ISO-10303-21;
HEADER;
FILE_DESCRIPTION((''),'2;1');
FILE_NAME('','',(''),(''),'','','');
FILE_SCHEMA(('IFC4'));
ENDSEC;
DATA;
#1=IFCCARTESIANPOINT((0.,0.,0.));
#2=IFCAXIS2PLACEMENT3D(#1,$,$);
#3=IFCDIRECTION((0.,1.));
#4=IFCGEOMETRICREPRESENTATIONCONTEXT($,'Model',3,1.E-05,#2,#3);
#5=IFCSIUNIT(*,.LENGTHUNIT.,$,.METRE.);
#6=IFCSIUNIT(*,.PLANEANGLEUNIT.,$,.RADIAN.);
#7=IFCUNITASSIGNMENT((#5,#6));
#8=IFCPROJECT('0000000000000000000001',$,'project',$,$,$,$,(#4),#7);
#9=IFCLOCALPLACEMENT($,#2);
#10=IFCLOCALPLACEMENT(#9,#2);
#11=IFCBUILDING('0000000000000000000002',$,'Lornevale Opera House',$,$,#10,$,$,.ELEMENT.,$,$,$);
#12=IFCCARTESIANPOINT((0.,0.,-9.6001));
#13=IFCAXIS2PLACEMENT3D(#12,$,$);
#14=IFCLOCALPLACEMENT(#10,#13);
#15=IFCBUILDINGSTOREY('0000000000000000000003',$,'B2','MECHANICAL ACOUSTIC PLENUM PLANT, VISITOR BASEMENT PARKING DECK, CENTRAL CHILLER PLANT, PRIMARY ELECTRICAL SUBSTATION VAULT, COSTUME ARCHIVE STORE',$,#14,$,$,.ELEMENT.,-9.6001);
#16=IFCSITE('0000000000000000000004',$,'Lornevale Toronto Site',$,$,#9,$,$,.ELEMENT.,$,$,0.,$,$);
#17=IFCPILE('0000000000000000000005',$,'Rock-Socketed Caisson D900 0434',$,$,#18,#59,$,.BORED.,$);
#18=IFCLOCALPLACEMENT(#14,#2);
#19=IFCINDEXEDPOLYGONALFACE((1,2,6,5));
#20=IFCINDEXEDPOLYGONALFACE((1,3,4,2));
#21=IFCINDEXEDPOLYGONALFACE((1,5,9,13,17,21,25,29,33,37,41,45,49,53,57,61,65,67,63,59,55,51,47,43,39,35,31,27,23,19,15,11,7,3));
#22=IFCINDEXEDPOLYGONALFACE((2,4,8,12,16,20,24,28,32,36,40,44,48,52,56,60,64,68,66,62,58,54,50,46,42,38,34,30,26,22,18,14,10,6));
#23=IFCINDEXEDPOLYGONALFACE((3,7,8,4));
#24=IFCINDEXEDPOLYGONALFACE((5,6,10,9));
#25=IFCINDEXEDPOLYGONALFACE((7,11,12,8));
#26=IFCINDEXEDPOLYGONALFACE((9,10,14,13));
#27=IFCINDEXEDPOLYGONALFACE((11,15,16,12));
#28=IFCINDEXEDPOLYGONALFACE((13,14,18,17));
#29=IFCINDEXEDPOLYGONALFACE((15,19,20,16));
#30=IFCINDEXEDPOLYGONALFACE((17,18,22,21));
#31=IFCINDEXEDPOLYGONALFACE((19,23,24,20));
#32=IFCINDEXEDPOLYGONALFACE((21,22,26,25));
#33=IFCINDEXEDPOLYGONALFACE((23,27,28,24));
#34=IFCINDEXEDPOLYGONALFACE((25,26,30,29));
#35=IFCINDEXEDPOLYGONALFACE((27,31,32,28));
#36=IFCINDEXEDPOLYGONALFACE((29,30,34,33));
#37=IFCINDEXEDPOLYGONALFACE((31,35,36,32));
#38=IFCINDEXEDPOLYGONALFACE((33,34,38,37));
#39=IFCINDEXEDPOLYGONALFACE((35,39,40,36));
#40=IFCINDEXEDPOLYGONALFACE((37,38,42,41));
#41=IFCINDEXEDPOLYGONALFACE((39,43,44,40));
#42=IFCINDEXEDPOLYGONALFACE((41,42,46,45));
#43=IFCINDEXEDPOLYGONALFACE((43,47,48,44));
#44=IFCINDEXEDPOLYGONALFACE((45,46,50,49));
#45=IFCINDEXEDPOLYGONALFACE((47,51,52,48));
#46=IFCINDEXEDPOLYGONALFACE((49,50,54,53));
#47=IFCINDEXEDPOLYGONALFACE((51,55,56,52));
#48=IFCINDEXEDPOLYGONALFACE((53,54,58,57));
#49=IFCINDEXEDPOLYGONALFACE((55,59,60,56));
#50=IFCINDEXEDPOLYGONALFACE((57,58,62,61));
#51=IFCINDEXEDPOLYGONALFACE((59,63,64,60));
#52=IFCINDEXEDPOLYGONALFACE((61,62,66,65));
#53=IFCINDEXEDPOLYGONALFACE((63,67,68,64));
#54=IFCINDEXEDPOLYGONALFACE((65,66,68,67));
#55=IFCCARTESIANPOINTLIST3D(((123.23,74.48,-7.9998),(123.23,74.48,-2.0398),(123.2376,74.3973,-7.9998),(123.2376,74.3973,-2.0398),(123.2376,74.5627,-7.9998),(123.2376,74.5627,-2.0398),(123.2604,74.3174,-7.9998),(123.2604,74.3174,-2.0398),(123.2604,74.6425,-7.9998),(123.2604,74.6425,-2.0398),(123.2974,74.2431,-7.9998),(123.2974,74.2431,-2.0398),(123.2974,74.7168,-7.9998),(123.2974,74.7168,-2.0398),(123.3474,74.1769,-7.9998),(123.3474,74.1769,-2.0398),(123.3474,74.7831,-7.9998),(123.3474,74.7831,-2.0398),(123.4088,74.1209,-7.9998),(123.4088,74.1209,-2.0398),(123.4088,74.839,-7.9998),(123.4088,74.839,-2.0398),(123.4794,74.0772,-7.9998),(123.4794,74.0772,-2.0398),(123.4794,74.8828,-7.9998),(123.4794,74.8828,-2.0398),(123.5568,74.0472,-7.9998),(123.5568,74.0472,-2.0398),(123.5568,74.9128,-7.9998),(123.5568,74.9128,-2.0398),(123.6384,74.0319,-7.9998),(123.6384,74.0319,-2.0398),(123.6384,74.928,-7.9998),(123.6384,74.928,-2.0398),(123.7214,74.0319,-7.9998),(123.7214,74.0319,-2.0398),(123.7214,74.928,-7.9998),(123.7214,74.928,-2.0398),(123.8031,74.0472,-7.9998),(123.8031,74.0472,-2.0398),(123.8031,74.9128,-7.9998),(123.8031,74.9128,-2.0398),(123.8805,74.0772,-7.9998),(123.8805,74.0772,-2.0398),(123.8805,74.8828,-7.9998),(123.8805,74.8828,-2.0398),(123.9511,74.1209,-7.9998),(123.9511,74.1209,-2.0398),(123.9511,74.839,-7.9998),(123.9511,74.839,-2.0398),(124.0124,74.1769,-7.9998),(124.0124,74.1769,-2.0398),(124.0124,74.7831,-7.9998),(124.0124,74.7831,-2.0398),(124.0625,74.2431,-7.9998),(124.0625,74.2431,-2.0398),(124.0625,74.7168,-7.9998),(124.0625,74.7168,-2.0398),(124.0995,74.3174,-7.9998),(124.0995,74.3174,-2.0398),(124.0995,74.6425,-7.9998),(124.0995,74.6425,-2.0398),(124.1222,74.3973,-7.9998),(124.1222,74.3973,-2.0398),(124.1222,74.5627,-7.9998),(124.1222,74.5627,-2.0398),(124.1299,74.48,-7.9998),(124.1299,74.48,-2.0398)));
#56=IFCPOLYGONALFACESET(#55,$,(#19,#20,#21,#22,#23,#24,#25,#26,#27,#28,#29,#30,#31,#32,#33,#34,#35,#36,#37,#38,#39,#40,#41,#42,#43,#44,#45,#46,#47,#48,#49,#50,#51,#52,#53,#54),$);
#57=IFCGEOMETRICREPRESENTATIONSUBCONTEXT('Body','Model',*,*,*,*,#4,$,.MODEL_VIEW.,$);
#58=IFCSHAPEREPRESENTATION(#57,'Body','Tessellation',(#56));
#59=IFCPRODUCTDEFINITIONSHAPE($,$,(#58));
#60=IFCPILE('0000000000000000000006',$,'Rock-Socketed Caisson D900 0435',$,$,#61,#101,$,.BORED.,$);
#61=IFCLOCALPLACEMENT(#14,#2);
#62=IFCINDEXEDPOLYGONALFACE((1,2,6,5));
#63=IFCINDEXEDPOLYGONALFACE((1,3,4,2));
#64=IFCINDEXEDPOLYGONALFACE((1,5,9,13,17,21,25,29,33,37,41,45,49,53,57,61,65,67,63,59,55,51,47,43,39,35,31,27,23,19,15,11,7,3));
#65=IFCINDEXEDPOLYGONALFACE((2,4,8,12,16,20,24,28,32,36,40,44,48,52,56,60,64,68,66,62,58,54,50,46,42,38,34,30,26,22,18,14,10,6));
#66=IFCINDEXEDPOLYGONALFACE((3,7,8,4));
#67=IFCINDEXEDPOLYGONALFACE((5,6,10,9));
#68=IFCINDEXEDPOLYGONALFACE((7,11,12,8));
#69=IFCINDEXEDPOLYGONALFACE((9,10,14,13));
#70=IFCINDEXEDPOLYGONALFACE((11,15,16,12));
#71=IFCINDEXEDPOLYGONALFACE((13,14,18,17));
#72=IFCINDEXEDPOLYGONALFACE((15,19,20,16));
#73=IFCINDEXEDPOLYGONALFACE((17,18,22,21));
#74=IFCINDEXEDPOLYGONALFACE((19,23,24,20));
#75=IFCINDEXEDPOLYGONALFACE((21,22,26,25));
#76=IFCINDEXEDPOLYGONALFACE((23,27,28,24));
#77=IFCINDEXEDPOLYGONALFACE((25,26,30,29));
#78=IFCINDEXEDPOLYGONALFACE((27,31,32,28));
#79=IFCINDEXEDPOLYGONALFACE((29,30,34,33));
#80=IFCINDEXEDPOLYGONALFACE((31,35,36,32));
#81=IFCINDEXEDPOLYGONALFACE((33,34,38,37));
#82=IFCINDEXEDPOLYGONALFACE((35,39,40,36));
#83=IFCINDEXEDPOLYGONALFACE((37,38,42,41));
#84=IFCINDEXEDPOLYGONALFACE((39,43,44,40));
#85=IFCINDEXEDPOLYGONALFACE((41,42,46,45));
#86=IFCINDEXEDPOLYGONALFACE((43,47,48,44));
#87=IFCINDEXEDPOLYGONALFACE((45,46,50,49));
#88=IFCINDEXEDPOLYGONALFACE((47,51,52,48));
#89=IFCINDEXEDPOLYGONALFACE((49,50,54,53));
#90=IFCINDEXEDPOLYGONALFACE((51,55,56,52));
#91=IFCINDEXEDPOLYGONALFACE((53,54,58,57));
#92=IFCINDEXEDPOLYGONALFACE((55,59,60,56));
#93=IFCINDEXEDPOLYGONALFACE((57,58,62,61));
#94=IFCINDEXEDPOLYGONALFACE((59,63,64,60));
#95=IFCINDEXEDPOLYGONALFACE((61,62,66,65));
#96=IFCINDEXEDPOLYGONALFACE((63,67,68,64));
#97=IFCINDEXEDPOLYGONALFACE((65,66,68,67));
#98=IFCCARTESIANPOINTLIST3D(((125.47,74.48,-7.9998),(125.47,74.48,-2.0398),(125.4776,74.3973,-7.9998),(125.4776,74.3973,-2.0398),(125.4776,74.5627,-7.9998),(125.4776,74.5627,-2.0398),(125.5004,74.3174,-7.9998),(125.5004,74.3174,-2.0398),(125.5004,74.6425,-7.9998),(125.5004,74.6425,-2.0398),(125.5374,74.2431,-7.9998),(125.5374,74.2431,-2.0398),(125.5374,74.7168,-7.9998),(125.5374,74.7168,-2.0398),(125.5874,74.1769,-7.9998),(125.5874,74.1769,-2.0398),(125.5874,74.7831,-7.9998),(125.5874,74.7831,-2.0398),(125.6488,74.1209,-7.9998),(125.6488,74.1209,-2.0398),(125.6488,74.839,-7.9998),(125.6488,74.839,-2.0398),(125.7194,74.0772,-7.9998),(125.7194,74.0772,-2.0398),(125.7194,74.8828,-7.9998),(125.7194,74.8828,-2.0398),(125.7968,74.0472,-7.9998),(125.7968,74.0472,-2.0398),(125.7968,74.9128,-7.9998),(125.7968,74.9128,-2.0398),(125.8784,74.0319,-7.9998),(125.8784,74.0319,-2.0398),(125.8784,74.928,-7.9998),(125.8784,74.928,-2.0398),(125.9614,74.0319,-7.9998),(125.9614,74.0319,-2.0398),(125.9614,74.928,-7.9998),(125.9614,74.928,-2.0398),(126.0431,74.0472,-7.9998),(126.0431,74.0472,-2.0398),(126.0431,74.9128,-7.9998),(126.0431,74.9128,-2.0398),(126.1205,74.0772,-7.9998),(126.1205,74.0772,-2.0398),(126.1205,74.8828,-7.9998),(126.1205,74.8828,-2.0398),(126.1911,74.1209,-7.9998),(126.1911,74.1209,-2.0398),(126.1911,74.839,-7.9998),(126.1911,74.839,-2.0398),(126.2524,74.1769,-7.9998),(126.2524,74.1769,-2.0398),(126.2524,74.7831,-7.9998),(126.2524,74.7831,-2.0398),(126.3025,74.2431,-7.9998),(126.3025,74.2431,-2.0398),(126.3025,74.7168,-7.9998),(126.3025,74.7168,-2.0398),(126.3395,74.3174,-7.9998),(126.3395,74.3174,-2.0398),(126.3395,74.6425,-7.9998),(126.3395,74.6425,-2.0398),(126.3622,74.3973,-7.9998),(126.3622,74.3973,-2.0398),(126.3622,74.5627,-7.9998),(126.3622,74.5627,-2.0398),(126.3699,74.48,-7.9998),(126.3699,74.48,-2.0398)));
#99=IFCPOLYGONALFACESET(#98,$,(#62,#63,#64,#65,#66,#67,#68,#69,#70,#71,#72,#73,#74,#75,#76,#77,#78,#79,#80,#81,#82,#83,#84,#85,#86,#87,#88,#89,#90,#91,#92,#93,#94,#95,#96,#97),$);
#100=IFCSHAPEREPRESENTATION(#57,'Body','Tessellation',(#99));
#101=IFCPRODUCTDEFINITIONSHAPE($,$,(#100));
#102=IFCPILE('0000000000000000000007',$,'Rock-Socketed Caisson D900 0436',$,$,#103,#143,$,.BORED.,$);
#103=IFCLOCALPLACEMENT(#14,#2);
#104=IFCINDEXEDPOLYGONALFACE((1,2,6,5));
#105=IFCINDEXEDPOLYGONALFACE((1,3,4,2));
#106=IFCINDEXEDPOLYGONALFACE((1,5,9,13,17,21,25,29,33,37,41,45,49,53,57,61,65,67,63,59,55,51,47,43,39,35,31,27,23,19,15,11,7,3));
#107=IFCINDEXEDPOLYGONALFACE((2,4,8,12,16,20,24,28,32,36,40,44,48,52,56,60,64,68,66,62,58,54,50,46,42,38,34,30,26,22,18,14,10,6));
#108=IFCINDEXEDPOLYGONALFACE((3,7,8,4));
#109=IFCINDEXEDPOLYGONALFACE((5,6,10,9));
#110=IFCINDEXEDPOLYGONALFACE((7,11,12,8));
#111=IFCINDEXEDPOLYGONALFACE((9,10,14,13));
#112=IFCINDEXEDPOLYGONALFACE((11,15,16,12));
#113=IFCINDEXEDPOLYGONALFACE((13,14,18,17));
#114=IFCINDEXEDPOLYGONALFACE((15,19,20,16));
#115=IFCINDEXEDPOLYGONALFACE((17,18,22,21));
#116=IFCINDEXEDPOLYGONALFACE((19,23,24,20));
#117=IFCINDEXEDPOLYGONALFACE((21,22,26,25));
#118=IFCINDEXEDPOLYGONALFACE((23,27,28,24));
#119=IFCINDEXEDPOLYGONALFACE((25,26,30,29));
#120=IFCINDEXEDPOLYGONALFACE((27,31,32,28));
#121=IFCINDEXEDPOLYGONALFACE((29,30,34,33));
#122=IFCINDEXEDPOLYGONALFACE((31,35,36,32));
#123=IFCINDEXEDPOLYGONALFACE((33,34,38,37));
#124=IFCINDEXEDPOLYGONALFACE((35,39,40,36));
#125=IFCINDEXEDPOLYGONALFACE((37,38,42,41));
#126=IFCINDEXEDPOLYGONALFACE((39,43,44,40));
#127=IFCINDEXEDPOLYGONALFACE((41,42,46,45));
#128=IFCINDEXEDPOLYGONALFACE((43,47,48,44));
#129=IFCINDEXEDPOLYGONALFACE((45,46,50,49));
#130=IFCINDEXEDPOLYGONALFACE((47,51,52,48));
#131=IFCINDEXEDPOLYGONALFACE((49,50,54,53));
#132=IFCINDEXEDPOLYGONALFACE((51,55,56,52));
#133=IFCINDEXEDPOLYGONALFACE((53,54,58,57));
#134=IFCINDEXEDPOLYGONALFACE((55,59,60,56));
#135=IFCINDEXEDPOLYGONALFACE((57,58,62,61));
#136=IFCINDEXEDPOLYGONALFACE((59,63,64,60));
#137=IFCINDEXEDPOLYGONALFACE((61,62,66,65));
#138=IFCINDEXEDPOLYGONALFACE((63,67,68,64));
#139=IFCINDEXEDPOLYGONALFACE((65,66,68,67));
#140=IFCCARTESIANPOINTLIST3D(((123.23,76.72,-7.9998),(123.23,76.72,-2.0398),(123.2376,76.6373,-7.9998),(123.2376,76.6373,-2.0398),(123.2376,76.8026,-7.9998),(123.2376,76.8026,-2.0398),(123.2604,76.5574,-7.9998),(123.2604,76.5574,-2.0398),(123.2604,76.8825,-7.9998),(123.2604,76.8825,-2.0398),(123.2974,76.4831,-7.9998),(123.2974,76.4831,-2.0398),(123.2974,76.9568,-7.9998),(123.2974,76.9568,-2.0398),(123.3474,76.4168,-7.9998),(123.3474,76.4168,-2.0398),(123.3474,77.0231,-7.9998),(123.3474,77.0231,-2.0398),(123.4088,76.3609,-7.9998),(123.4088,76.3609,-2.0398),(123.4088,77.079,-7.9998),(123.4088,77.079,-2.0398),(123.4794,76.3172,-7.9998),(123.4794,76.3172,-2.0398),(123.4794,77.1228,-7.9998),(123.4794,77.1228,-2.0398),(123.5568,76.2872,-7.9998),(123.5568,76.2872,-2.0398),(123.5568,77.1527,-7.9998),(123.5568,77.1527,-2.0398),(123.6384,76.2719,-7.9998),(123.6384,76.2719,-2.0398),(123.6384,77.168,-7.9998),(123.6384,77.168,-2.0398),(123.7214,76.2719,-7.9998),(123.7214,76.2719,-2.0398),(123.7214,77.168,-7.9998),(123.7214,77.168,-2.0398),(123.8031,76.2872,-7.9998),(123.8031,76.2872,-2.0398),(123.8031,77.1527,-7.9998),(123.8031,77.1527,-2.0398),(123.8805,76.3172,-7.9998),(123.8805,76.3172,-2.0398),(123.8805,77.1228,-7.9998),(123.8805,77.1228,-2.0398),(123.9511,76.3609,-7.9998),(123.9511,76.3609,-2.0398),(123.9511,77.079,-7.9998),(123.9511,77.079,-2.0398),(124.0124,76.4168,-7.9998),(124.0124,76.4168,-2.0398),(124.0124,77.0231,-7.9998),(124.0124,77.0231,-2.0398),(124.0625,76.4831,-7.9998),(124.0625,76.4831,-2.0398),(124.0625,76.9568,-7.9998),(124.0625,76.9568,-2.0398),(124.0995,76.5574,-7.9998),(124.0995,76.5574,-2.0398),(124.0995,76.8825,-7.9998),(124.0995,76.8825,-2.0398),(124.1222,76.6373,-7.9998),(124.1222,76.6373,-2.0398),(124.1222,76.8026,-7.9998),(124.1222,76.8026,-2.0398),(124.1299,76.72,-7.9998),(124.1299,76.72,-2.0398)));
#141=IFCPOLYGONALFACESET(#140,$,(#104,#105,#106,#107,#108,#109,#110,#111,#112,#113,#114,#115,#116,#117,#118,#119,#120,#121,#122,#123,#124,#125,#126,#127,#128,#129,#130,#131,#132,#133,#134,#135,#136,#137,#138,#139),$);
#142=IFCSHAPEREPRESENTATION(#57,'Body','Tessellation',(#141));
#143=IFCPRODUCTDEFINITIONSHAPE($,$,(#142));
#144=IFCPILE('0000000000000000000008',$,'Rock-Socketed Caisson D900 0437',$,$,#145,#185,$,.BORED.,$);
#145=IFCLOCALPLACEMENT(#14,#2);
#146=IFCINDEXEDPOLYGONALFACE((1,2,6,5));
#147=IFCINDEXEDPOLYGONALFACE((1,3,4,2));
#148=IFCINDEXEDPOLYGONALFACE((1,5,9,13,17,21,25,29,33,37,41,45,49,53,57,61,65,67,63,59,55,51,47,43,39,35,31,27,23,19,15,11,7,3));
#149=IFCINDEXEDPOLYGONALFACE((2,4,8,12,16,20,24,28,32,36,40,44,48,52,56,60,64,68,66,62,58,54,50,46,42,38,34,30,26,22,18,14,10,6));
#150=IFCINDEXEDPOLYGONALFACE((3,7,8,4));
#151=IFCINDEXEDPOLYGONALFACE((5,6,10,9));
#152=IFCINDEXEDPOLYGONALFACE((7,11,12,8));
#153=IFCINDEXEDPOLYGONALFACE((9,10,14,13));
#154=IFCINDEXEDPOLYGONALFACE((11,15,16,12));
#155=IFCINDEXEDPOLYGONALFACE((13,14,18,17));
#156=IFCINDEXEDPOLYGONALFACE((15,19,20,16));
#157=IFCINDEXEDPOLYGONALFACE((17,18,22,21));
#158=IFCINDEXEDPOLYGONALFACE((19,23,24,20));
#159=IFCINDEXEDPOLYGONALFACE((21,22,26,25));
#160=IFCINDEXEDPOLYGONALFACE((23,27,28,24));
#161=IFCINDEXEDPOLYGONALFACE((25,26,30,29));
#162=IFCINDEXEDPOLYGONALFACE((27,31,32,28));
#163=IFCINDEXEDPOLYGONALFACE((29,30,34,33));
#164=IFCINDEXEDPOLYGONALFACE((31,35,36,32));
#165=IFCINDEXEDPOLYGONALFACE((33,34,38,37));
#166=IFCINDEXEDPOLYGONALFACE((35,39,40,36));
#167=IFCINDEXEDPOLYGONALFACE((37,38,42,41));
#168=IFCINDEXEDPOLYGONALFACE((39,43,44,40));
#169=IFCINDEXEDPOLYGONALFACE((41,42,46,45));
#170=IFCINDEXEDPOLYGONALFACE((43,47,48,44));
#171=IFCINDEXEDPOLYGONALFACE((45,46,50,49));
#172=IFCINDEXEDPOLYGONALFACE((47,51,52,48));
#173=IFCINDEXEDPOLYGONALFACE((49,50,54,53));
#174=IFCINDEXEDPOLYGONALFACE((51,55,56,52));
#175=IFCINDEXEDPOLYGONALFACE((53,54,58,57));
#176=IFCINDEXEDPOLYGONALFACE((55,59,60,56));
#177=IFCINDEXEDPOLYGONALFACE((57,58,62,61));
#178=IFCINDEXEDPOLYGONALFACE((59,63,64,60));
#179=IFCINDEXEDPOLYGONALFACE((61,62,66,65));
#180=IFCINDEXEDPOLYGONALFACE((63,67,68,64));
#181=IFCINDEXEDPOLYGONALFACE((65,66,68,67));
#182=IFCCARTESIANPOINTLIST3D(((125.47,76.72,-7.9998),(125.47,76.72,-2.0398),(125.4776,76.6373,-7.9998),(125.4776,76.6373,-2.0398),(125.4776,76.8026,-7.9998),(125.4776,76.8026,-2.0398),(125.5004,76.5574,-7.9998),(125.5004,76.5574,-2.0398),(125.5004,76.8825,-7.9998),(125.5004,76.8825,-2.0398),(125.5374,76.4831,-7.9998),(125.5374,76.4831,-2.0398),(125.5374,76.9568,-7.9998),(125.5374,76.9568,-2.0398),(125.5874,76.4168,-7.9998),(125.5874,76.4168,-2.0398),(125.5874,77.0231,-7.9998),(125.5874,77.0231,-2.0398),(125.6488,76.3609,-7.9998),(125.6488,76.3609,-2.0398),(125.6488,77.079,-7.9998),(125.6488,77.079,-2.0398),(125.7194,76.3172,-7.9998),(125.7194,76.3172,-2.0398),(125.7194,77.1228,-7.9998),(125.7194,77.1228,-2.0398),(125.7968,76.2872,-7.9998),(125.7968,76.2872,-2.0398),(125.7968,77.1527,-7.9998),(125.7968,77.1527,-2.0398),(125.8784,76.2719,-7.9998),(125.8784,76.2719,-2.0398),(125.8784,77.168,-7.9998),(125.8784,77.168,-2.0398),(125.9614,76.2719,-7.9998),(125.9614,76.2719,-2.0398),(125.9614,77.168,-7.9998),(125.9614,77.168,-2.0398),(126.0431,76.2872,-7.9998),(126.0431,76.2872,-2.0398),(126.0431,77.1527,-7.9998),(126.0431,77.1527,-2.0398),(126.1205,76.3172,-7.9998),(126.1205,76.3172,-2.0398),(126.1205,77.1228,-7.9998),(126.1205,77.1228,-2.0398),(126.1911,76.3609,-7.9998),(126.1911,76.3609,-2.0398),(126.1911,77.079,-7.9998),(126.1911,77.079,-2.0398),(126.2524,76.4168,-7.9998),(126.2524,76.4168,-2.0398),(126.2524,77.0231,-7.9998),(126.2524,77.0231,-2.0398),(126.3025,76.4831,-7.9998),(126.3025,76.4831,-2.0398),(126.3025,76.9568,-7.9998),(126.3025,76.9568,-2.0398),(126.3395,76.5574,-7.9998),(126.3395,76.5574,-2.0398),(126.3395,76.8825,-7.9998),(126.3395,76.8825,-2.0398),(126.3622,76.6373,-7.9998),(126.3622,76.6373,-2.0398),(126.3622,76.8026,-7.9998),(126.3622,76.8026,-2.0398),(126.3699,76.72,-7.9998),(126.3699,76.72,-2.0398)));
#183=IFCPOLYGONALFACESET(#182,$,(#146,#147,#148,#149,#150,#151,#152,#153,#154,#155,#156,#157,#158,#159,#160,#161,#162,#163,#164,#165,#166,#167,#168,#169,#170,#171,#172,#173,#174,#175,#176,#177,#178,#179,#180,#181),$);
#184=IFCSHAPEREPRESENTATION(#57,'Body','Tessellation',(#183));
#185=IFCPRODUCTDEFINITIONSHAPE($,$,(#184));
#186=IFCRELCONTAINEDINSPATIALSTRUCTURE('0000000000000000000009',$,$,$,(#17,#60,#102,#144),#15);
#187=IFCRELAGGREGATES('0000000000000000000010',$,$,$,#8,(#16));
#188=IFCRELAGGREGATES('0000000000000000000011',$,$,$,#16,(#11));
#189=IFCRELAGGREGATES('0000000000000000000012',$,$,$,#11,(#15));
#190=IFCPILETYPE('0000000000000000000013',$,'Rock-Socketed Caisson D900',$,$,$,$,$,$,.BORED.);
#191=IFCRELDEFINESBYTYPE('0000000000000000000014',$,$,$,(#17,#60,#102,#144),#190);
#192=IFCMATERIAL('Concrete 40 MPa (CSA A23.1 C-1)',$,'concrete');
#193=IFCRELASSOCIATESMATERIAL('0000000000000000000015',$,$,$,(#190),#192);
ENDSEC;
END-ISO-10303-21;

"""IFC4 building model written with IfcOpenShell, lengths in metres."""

from ifc_helpers import new_model, si_unit, direction, frame, origin, origin_2d, place, context, subcontext, project, spatial, circle, extrude, material, material_profile, profile_set, type_object, element, save


model = new_model("IFC4")

# Units and contexts
model_context = context("Model", 3, precision=1e-05, world=origin(), true_north=direction((0.0, 1.0)))
body_context = subcontext(model_context, "Body", "Model", "MODEL_VIEW")
ifc_project = project(units=[si_unit("LENGTHUNIT", "METRE"), si_unit("PLANEANGLEUNIT", "RADIAN")], contexts=[model_context])

# Site, building, storey
site_placement = place(None, origin())
site = spatial("IfcSite", under=ifc_project, at=site_placement, Name="Lornevale Toronto Site", CompositionType="ELEMENT", RefElevation=0.0)
building_placement = place(site_placement, origin())
building = spatial("IfcBuilding", under=site, at=building_placement, Name="Lornevale Opera House", CompositionType="ELEMENT")
storey_placement = place(building_placement, frame((0.0, 0.0, -9.6001)))
storey = spatial("IfcBuildingStorey", under=building, at=storey_placement, Name="B2", Description="MECHANICAL ACOUSTIC PLENUM PLANT, VISITOR BASEMENT PARKING DECK, CENTRAL CHILLER PLANT, PRIMARY ELECTRICAL SUBSTATION VAULT, COSTUME ARCHIVE STORE", CompositionType="ELEMENT", Elevation=-9.6001)

# Piles
ifc_material_1 = material(Name="Concrete 40 MPa (CSA A23.1 C-1)", Category="concrete")
ifc_material_profile_1 = material_profile(ifc_material_1, circle(Radius=0.45, at=origin_2d()), Name="CAIS900")
ifc_profile_set_1 = profile_set([ifc_material_profile_1], Name="Concrete 40 MPa (CSA A23.1 C-1)")
pile_type_1 = type_object("IfcPileType", Name="Rock-Socketed Caisson D900", PredefinedType="BORED", material=ifc_profile_set_1)
for number, where, z_axis, x_axis, name in (
    (1, (123.6799, 74.48, -2.0398), (0.0, 0.0, -1.0), (1.0, 0.0, 0.0), "Rock-Socketed Caisson D900 0434"),
    (2, (125.9199, 74.48, -2.0398), (0.0, 0.0, -1.0), (1.0, 0.0, 0.0), "Rock-Socketed Caisson D900 0435"),
    (3, (123.6799, 76.72, -2.0398), (0.0, 0.0, -1.0), (1.0, 0.0, 0.0), "Rock-Socketed Caisson D900 0436"),
    (4, (125.9199, 76.72, -2.0398), (0.0, 0.0, -1.0), (1.0, 0.0, 0.0), "Rock-Socketed Caisson D900 0437"),
):
    element("IfcPile", number, at=place(storey_placement, frame(where, z_axis=z_axis, x_axis=x_axis)), inside=storey, type_object=pile_type_1, Name=name, PredefinedType="BORED", context=body_context, shape_type="SweptSolid", body=[
        extrude(circle(Radius=0.45, at=origin_2d()), origin(), (0.0, 0.0, 1.0), 5.96),
    ])

save(model, "model.ifc")
